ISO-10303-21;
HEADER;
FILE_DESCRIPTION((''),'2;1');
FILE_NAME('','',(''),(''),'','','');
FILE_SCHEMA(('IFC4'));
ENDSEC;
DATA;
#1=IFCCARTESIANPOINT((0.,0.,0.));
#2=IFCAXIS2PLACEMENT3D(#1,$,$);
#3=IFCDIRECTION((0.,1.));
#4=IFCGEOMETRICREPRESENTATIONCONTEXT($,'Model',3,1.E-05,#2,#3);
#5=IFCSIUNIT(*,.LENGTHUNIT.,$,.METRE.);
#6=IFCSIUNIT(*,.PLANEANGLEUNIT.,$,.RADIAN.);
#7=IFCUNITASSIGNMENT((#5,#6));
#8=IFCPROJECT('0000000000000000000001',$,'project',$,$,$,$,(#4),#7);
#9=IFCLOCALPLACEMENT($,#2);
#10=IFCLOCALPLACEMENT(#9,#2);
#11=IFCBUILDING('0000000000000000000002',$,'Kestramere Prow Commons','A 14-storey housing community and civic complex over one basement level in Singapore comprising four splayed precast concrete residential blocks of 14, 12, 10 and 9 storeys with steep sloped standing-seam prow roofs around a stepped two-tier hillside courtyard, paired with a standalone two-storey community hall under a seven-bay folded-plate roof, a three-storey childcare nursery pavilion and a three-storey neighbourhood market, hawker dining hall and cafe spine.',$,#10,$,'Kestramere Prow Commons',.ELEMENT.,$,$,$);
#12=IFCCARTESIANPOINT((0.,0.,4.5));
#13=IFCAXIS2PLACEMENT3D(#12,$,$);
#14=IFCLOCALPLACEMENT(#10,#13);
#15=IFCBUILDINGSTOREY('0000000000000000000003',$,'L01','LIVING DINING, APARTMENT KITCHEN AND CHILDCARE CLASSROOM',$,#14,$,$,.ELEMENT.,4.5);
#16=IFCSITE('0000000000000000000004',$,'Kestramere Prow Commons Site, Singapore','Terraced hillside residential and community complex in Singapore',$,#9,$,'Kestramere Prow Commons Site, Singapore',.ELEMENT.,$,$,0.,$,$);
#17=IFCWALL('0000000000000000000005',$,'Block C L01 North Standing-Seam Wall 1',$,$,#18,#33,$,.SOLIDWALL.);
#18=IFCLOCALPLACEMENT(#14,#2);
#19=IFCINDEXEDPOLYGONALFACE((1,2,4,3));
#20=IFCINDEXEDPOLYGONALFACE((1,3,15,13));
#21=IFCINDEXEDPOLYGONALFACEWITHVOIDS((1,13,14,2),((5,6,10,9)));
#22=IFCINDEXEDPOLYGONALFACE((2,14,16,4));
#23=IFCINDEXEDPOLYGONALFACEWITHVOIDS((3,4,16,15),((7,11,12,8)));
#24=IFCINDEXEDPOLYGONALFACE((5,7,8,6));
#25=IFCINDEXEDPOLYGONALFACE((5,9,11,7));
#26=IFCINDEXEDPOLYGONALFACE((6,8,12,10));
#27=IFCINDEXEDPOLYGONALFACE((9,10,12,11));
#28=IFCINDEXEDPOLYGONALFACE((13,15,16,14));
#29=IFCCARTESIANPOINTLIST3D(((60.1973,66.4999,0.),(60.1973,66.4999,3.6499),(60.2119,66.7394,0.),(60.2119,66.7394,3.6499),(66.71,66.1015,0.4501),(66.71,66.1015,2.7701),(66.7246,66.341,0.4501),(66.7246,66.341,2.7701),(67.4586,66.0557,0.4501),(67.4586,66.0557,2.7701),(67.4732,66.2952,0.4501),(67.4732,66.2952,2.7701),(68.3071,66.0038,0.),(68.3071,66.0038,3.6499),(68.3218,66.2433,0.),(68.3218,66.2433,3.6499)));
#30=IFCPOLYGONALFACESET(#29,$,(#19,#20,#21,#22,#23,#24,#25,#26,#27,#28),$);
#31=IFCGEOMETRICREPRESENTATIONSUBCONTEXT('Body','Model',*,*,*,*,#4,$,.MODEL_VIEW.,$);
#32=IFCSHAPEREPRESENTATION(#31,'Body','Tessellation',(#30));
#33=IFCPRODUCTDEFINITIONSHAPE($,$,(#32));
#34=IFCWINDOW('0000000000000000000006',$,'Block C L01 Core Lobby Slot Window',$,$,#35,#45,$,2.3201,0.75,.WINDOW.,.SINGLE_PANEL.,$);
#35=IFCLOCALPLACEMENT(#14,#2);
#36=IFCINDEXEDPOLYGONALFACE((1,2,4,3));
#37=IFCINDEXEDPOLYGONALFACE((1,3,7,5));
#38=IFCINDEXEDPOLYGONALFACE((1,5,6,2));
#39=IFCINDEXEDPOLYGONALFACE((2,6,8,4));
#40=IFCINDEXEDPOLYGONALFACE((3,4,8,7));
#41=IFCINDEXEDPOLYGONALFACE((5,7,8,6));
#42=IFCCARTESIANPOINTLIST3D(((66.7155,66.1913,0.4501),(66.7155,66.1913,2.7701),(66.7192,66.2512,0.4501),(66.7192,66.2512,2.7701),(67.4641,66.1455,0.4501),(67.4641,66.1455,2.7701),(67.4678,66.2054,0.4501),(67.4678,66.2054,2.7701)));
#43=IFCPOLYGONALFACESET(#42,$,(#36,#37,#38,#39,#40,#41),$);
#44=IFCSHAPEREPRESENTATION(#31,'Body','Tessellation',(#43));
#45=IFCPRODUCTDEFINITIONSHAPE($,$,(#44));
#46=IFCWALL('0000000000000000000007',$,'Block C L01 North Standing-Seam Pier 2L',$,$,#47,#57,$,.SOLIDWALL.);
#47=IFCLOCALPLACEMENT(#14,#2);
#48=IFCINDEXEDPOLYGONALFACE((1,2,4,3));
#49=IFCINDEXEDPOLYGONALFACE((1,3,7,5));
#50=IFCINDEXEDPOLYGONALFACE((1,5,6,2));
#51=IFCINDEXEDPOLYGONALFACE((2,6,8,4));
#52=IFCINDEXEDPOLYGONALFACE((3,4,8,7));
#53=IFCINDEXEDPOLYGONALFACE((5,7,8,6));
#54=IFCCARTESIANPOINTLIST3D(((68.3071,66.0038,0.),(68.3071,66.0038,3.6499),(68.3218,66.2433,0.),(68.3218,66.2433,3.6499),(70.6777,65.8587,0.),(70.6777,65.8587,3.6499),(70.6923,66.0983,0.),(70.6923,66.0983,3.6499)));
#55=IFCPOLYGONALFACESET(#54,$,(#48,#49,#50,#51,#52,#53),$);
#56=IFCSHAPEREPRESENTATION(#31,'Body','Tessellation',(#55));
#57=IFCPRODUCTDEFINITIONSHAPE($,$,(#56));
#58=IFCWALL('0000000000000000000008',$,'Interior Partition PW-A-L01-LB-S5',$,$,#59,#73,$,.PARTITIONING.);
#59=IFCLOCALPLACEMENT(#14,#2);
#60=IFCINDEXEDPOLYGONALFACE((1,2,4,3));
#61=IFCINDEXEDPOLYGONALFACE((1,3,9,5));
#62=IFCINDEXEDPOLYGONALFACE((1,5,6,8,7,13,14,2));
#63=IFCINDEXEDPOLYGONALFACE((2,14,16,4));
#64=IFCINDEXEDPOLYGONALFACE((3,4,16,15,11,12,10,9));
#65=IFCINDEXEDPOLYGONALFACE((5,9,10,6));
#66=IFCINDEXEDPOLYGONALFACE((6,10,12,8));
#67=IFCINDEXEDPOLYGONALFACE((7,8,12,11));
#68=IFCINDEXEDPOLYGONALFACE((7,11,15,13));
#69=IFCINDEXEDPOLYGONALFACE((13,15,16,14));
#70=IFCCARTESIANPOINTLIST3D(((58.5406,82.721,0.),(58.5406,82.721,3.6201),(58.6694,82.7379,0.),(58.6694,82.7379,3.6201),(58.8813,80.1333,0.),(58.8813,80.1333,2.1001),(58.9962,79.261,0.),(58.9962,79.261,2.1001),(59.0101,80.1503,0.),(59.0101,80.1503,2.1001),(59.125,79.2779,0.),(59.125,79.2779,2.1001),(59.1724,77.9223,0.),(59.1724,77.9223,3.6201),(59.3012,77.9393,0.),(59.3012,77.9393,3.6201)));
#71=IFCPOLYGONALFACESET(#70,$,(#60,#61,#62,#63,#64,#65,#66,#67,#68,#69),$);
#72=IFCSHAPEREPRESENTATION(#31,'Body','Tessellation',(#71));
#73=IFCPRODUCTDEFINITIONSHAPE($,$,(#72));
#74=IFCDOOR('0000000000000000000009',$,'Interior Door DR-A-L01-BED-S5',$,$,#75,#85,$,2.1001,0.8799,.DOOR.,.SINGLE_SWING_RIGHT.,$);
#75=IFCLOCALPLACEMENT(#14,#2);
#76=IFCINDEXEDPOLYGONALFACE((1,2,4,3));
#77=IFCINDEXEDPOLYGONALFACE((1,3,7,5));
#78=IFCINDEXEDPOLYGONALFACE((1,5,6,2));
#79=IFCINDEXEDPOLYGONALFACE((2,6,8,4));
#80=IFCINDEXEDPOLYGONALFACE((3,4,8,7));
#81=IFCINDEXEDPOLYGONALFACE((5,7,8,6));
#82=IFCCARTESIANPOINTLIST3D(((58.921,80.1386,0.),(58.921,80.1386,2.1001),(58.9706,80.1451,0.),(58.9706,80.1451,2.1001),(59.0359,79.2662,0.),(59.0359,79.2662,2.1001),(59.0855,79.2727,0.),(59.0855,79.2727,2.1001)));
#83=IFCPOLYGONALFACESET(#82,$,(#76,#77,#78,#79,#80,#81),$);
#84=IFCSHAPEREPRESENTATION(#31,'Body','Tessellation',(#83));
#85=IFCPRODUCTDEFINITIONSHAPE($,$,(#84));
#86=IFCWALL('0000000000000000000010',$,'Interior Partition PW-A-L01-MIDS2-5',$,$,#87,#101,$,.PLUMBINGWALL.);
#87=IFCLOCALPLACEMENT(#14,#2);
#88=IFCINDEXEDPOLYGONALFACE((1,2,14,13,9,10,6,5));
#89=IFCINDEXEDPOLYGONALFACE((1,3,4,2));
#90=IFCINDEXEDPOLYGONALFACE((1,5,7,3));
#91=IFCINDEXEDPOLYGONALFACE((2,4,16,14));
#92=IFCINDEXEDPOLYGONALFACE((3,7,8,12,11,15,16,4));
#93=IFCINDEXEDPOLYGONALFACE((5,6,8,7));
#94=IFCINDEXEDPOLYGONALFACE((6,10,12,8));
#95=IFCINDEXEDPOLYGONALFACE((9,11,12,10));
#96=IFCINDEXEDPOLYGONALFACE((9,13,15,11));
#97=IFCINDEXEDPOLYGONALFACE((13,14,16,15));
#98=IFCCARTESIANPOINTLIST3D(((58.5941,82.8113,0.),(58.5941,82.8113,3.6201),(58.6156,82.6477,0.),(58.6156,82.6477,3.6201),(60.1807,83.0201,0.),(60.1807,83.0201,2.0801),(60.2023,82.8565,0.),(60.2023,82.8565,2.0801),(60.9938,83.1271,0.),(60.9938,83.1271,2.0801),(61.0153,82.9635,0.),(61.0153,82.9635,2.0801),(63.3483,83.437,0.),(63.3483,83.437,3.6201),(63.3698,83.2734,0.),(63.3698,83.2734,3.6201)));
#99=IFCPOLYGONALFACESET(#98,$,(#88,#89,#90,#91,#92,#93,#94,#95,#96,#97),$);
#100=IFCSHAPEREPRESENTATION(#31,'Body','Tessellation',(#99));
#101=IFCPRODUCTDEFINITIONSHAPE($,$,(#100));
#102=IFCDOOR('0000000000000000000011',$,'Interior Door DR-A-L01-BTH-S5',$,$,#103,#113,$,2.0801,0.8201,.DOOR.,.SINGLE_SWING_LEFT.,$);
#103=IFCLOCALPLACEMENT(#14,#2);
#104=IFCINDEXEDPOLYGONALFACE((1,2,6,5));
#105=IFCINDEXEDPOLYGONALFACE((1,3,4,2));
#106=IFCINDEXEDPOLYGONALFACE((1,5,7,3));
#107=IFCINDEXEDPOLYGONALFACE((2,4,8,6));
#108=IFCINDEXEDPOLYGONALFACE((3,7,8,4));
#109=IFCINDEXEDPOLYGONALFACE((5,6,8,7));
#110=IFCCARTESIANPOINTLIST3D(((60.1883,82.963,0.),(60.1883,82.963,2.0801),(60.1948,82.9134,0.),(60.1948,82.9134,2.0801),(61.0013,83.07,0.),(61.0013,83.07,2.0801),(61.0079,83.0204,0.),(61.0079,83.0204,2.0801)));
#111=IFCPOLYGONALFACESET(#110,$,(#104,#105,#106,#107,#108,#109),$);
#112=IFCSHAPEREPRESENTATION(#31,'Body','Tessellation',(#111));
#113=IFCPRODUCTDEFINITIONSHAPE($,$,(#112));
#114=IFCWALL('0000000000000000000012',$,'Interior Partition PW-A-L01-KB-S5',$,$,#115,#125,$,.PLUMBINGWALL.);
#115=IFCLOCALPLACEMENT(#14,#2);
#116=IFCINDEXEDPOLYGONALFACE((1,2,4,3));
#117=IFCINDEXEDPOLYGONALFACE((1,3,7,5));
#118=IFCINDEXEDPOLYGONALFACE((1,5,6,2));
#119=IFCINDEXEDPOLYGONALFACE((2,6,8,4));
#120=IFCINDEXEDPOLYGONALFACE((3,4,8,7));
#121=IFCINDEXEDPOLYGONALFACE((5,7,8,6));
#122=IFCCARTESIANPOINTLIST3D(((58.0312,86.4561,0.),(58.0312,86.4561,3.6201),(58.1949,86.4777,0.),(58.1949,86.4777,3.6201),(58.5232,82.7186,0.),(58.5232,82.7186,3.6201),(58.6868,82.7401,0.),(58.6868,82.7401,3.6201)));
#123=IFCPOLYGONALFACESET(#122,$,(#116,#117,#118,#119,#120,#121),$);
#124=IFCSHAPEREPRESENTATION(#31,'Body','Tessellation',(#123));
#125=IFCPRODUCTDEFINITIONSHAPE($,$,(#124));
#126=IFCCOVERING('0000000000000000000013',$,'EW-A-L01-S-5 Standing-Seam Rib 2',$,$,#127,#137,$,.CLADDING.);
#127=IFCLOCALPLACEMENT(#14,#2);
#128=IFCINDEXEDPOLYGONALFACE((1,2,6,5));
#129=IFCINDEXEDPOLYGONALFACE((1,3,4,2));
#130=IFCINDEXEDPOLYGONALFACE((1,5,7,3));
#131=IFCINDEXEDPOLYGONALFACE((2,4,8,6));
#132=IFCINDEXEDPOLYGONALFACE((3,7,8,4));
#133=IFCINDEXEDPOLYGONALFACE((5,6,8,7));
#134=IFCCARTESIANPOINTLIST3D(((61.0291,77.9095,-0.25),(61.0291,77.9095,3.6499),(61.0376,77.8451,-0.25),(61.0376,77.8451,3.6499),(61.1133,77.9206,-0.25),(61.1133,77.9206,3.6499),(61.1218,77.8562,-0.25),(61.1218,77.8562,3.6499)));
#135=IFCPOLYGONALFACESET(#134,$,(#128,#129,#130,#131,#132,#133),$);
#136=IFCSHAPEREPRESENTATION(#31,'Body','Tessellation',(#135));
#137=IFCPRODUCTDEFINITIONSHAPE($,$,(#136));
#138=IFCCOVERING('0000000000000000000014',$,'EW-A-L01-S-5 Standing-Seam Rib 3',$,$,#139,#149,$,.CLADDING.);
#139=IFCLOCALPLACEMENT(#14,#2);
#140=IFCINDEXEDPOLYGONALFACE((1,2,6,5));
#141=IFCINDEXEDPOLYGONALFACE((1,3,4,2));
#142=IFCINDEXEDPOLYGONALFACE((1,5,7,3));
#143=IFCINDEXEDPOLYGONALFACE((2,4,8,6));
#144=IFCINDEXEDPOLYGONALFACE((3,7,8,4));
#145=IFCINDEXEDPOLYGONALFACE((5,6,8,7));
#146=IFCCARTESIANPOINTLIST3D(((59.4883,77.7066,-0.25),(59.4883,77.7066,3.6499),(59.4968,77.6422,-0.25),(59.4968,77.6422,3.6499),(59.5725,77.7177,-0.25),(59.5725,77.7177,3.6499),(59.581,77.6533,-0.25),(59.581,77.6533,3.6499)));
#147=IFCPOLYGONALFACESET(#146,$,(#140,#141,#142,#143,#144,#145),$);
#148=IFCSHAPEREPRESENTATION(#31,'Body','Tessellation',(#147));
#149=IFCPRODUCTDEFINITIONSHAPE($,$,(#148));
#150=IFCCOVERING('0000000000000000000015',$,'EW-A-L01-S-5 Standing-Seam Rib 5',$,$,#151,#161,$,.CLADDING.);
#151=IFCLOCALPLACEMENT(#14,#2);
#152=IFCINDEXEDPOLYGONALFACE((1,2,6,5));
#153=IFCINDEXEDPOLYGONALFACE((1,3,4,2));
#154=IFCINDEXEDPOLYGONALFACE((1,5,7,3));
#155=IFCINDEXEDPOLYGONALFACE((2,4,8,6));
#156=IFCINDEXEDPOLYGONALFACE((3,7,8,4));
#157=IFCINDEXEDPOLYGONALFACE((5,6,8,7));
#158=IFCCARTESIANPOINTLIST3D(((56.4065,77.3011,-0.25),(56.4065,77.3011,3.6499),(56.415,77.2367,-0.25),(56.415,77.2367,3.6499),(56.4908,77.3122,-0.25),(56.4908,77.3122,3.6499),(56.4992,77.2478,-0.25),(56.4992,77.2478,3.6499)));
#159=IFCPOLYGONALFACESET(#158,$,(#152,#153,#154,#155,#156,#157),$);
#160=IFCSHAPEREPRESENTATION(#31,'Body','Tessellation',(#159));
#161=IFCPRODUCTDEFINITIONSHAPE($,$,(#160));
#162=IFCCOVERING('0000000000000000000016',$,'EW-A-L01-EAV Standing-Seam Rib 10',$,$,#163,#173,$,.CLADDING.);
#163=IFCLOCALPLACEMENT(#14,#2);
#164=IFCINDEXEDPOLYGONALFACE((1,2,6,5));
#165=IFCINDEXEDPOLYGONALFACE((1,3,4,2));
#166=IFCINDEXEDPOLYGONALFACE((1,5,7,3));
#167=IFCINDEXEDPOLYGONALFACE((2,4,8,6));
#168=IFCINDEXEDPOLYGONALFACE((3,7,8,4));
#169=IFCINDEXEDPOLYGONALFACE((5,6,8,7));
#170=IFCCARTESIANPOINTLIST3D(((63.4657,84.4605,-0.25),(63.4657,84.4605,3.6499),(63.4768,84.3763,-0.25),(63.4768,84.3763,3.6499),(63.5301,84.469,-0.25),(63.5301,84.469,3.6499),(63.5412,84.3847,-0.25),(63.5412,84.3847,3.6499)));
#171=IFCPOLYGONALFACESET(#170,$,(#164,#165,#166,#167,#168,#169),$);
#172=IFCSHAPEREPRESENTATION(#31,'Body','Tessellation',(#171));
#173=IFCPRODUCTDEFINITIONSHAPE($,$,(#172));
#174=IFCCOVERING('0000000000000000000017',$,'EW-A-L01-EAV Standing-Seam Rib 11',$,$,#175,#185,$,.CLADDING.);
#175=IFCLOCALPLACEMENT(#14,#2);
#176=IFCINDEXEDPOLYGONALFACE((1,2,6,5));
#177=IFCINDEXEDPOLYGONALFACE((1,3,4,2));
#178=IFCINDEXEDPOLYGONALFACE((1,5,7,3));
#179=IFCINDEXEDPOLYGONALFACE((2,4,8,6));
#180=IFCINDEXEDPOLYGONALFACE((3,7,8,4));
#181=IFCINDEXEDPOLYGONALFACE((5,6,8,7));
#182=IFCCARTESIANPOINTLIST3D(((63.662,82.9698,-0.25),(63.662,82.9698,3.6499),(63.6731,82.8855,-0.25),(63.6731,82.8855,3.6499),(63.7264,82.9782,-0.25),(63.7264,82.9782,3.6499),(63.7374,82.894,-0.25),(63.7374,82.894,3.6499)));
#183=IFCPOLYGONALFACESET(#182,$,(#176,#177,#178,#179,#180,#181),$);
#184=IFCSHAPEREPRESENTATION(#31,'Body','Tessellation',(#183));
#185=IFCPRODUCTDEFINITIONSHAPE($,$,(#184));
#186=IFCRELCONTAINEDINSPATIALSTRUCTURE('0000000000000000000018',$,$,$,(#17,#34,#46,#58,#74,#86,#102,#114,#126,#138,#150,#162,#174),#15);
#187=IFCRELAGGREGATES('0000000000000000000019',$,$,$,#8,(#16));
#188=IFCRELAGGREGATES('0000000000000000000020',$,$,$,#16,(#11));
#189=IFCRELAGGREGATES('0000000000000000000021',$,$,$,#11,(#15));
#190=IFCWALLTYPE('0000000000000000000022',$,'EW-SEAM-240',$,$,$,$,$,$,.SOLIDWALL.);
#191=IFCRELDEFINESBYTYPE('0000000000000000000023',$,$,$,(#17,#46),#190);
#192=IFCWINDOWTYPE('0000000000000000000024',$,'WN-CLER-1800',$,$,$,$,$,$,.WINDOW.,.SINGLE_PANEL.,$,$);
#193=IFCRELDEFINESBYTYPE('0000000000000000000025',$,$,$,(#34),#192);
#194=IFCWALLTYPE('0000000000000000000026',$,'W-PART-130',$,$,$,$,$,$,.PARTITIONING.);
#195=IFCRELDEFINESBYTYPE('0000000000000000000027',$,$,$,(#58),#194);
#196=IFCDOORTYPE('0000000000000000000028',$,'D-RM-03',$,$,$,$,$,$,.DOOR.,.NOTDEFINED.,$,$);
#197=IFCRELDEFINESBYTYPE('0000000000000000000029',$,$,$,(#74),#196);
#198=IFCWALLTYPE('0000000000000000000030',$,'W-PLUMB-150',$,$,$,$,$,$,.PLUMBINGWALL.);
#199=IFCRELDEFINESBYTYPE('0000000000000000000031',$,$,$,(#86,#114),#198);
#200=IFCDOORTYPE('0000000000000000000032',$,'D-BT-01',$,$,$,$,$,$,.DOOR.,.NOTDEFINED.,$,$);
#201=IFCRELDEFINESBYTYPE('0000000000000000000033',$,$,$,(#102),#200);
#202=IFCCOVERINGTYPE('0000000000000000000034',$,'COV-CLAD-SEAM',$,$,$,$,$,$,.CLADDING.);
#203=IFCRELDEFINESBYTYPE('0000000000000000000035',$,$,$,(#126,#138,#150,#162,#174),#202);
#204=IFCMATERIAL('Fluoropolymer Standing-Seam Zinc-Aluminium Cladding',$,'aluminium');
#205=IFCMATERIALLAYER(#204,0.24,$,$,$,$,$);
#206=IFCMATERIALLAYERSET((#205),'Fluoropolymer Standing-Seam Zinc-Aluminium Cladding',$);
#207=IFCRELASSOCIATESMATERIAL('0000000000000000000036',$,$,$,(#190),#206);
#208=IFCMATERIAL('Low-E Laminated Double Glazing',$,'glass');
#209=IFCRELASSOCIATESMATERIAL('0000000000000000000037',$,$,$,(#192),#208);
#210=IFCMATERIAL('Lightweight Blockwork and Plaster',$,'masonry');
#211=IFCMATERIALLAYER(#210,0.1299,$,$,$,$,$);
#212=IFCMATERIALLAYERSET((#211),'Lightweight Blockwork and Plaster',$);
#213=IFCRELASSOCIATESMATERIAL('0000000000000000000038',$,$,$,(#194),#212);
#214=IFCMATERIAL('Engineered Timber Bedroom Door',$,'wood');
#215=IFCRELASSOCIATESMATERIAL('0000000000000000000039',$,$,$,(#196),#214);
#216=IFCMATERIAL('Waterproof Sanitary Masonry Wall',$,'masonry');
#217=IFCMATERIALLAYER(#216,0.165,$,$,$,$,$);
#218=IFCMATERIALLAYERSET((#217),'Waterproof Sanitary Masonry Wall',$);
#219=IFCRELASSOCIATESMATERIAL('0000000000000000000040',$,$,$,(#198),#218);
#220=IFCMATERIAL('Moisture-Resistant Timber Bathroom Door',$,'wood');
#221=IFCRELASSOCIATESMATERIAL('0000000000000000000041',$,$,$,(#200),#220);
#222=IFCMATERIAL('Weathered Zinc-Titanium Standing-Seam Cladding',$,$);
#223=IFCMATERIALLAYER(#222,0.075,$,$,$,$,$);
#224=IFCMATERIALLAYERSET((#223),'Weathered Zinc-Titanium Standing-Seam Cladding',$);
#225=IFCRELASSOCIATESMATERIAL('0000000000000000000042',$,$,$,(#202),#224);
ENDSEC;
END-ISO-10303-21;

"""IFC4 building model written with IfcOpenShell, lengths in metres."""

from ifc_helpers import new_model, si_unit, direction, frame, frame_2d, origin, origin_2d, place, context, subcontext, project, spatial, rectangle, extrude, material, layer, layer_set, type_object, element, fill, save


model = new_model("IFC4")

# Units and contexts
model_context = context("Model", 3, precision=1e-05, world=origin(), true_north=direction((0.0, 1.0)))
body_context = subcontext(model_context, "Body", "Model", "MODEL_VIEW")
ifc_project = project(units=[si_unit("LENGTHUNIT", "METRE"), si_unit("PLANEANGLEUNIT", "RADIAN")], contexts=[model_context])

# Site, building, storey
site_placement = place(None, origin())
site = spatial("IfcSite", under=ifc_project, at=site_placement, Name="Kestramere Prow Commons Site, Singapore", Description="Terraced hillside residential and community complex in Singapore", LongName="Kestramere Prow Commons Site, Singapore", CompositionType="ELEMENT", RefElevation=0.0)
building_placement = place(site_placement, origin())
building = spatial("IfcBuilding", under=site, at=building_placement, Name="Kestramere Prow Commons", Description="A 14-storey housing community and civic complex over one basement level in Singapore comprising four splayed precast concrete residential blocks of 14, 12, 10 and 9 storeys with steep sloped standing-seam prow roofs around a stepped two-tier hillside courtyard, paired with a standalone two-storey community hall under a seven-bay folded-plate roof, a three-storey childcare nursery pavilion and a three-storey neighbourhood market, hawker dining hall and cafe spine.", LongName="Kestramere Prow Commons", CompositionType="ELEMENT")
storey_placement = place(building_placement, frame((0.0, 0.0, 4.5)))
storey = spatial("IfcBuildingStorey", under=building, at=storey_placement, Name="L01", Description="LIVING DINING, APARTMENT KITCHEN AND CHILDCARE CLASSROOM", CompositionType="ELEMENT", Elevation=4.5)

# Shared definitions
ifc_material_1 = material(Name="Fluoropolymer Standing-Seam Zinc-Aluminium Cladding", Category="aluminium")
ifc_layer_1 = layer(ifc_material_1, 0.24)
ifc_layer_set_1 = layer_set([ifc_layer_1], Name="Fluoropolymer Standing-Seam Zinc-Aluminium Cladding")
wall_type_1 = type_object("IfcWallType", Name="EW-SEAM-240", PredefinedType="SOLIDWALL", material=ifc_layer_set_1)
ifc_material_2 = material(Name="Low-E Laminated Double Glazing", Category="glass")

# Wall, opening, window
wall_1_placement = place(storey_placement, frame((60.2046, 66.6196, 0.0), z_axis=(0.0, 0.0, 1.0), x_axis=(0.998134, -0.061058, 0.0)))
wall_1 = element("IfcWall", 1, at=wall_1_placement, inside=storey, type_object=wall_type_1, Name="Block C L01 North Standing-Seam Wall 1", PredefinedType="SOLIDWALL", context=body_context, shape_type="SweptSolid", body=[
    extrude(rectangle(XDim=8.125, YDim=0.24, at=frame_2d((4.0625, 0.0))), origin(), (0.0, 0.0, 1.0), 3.6499),
])
opening_1_placement = place(wall_1_placement, frame((6.5249, 0.0, 0.45)))
opening_1 = element("IfcOpeningElement", 2, at=opening_1_placement, cuts=wall_1, PredefinedType="OPENING", context=body_context, shape_type="SweptSolid", body=[
    extrude(rectangle(XDim=0.75, YDim=2.3201, at=frame_2d((0.375, 1.1602))), frame((0.0, 0.135, 0.0), z_axis=(0.0, -1.0, 0.0), x_axis=(1.0, 0.0, 0.0)), (0.0, 0.0, 1.0), 0.27),
])
window_type_1 = type_object("IfcWindowType", Name="WN-CLER-1800", PartitioningType="SINGLE_PANEL", PredefinedType="WINDOW", material=ifc_material_2)
window_1_placement = place(opening_1_placement, origin())
window_1 = element("IfcWindow", 3, at=window_1_placement, inside=storey, type_object=window_type_1, Name="Block C L01 Core Lobby Slot Window", OverallHeight=2.3201, OverallWidth=0.75, PartitioningType="SINGLE_PANEL", PredefinedType="WINDOW", context=body_context, shape_type="SweptSolid", body=[
    extrude(rectangle(XDim=0.75, YDim=2.3201, at=frame_2d((0.375, 1.1602))), frame((0.0, 0.03, 0.0), z_axis=(0.0, -1.0, 0.0), x_axis=(1.0, 0.0, 0.0)), (0.0, 0.0, 1.0), 0.0601),
])
fill(opening_1, window_1)

# Wall
wall_2_placement = place(storey_placement, frame((68.3145, 66.1235, 0.0), z_axis=(0.0, 0.0, 1.0), x_axis=(0.998134, -0.06106, 0.0)))
element("IfcWall", 4, at=wall_2_placement, inside=storey, type_object=wall_type_1, Name="Block C L01 North Standing-Seam Pier 2L", PredefinedType="SOLIDWALL", context=body_context, shape_type="SweptSolid", body=[
    extrude(rectangle(XDim=2.375, YDim=0.24, at=frame_2d((1.1875, 0.0))), origin(), (0.0, 0.0, 1.0), 3.6499),
])

# Walls, openings, doors
ifc_material_3 = material(Name="Lightweight Blockwork and Plaster", Category="masonry")
ifc_layer_2 = layer(ifc_material_3, 0.1299)
ifc_layer_set_2 = layer_set([ifc_layer_2], Name="Lightweight Blockwork and Plaster")
wall_type_2 = type_object("IfcWallType", Name="W-PART-130", PredefinedType="PARTITIONING", material=ifc_layer_set_2)
wall_3_placement = place(storey_placement, frame((59.2368, 77.9309, 0.0), z_axis=(0.0, 0.0, 1.0), x_axis=(-0.130545, 0.991442, 0.0)))
wall_3 = element("IfcWall", 5, at=wall_3_placement, inside=storey, type_object=wall_type_2, Name="Interior Partition PW-A-L01-LB-S5", PredefinedType="PARTITIONING", context=body_context, shape_type="SweptSolid", body=[
    extrude(rectangle(XDim=4.8401, YDim=0.1299, at=frame_2d((2.4199, 0.0))), origin(), (0.0, 0.0, 1.0), 3.6201),
])
opening_2_placement = place(wall_3_placement, frame((1.3501, 0.0, 0.0)))
opening_2 = element("IfcOpeningElement", 6, at=opening_2_placement, cuts=wall_3, PredefinedType="OPENING", context=body_context, shape_type="SweptSolid", body=[
    extrude(rectangle(XDim=0.8799, YDim=2.1001, at=frame_2d((0.4399, 1.05))), frame((0.0, 0.0798, 0.0), z_axis=(0.0, -1.0, 0.0), x_axis=(1.0, 0.0, 0.0)), (0.0, 0.0, 1.0), 0.1599),
])
ifc_material_4 = material(Name="Engineered Timber Bedroom Door", Category="wood")
door_type_1 = type_object("IfcDoorType", Name="D-RM-03", OperationType="NOTDEFINED", PredefinedType="DOOR", material=ifc_material_4)
door_1_placement = place(opening_2_placement, origin())
door_1 = element("IfcDoor", 7, at=door_1_placement, inside=storey, type_object=door_type_1, Name="Interior Door DR-A-L01-BED-S5", OperationType="SINGLE_SWING_RIGHT", OverallHeight=2.1001, OverallWidth=0.8799, PredefinedType="DOOR", context=body_context, shape_type="SweptSolid", body=[
    extrude(rectangle(XDim=0.8799, YDim=2.1001, at=frame_2d((0.4399, 1.05))), frame((0.0, 0.0249, 0.0), z_axis=(0.0, -1.0, 0.0), x_axis=(1.0, 0.0, 0.0)), (0.0, 0.0, 1.0), 0.05),
])
fill(opening_2, door_1)
ifc_material_5 = material(Name="Waterproof Sanitary Masonry Wall", Category="masonry")
ifc_layer_3 = layer(ifc_material_5, 0.165)
ifc_layer_set_3 = layer_set([ifc_layer_3], Name="Waterproof Sanitary Masonry Wall")
wall_type_3 = type_object("IfcWallType", Name="W-PLUMB-150", PredefinedType="PLUMBINGWALL", material=ifc_layer_set_3)
wall_4_placement = place(storey_placement, frame((58.605, 82.7295, 0.0), z_axis=(0.0, 0.0, 1.0), x_axis=(0.991449, 0.130493, 0.0)))
wall_4 = element("IfcWall", 8, at=wall_4_placement, inside=storey, type_object=wall_type_3, Name="Interior Partition PW-A-L01-MIDS2-5", PredefinedType="PLUMBINGWALL", context=body_context, shape_type="SweptSolid", body=[
    extrude(rectangle(XDim=4.7952, YDim=0.165, at=frame_2d((2.3975, 0.0))), origin(), (0.0, 0.0, 1.0), 3.6201),
])
opening_3_placement = place(wall_4_placement, frame((1.6001, 0.0, 0.0)))
opening_3 = element("IfcOpeningElement", 9, at=opening_3_placement, cuts=wall_4, PredefinedType="OPENING", context=body_context, shape_type="SweptSolid", body=[
    extrude(rectangle(XDim=0.8201, YDim=2.0801, at=frame_2d((0.4102, 1.04))), frame((0.0, 0.0974, 0.0), z_axis=(0.0, -1.0, 0.0), x_axis=(1.0, 0.0, 0.0)), (0.0, 0.0, 1.0), 0.1951),
])
ifc_material_6 = material(Name="Moisture-Resistant Timber Bathroom Door", Category="wood")
door_type_2 = type_object("IfcDoorType", Name="D-BT-01", OperationType="NOTDEFINED", PredefinedType="DOOR", material=ifc_material_6)
door_2_placement = place(opening_3_placement, origin())
door_2 = element("IfcDoor", 10, at=door_2_placement, inside=storey, type_object=door_type_2, Name="Interior Door DR-A-L01-BTH-S5", OperationType="SINGLE_SWING_LEFT", OverallHeight=2.0801, OverallWidth=0.8201, PredefinedType="DOOR", context=body_context, shape_type="SweptSolid", body=[
    extrude(rectangle(XDim=0.8201, YDim=2.0801, at=frame_2d((0.4102, 1.04))), frame((0.0, 0.0249, 0.0), z_axis=(0.0, -1.0, 0.0), x_axis=(1.0, 0.0, 0.0)), (0.0, 0.0, 1.0), 0.05),
])
fill(opening_3, door_2)

# Wall
wall_5_placement = place(storey_placement, frame((58.605, 82.7295, 0.0), z_axis=(0.0, 0.0, 1.0), x_axis=(-0.130496, 0.991449, 0.0)))
element("IfcWall", 11, at=wall_5_placement, inside=storey, type_object=wall_type_3, Name="Interior Partition PW-A-L01-KB-S5", PredefinedType="PLUMBINGWALL", context=body_context, shape_type="SweptSolid", body=[
    extrude(rectangle(XDim=3.7698, YDim=0.165, at=frame_2d((1.8848, 0.0))), origin(), (0.0, 0.0, 1.0), 3.6201),
])

# Coverings
ifc_material_7 = material(Name="Weathered Zinc-Titanium Standing-Seam Cladding")
ifc_layer_4 = layer(ifc_material_7, 0.075)
ifc_layer_set_4 = layer_set([ifc_layer_4], Name="Weathered Zinc-Titanium Standing-Seam Cladding")
covering_type = type_object("IfcCoveringType", Name="COV-CLAD-SEAM", PredefinedType="CLADDING", material=ifc_layer_set_4)
for number, where, z_axis, x_axis, name in (
    (12, (61.0754, 77.8828, -0.25), (0.0, 0.0, 1.0), (-0.991445, -0.130526, 0.0), "EW-A-L01-S-5 Standing-Seam Rib 2"),
    (13, (59.5347, 77.6799, -0.25), (0.0, 0.0, 1.0), (-0.991445, -0.130526, 0.0), "EW-A-L01-S-5 Standing-Seam Rib 3"),
    (14, (56.4529, 77.2744, -0.25), (0.0, 0.0, 1.0), (-0.991445, -0.130526, 0.0), "EW-A-L01-S-5 Standing-Seam Rib 5"),
    (15, (63.5034, 84.4226, -0.25), (0.0, 0.0, 1.0), (0.130526, -0.991445, 0.0), "EW-A-L01-EAV Standing-Seam Rib 10"),
    (16, (63.6997, 82.9319, -0.25), (0.0, 0.0, 1.0), (0.130526, -0.991445, 0.0), "EW-A-L01-EAV Standing-Seam Rib 11"),
):
    element("IfcCovering", number, at=place(storey_placement, frame(where, z_axis=z_axis, x_axis=x_axis)), inside=storey, type_object=covering_type, Name=name, PredefinedType="CLADDING", context=body_context, shape_type="SweptSolid", body=[
        extrude(rectangle(XDim=0.085, YDim=0.0649, at=origin_2d()), origin(), (0.0, 0.0, 1.0), 3.8999),
    ])

save(model, "model.ifc")
